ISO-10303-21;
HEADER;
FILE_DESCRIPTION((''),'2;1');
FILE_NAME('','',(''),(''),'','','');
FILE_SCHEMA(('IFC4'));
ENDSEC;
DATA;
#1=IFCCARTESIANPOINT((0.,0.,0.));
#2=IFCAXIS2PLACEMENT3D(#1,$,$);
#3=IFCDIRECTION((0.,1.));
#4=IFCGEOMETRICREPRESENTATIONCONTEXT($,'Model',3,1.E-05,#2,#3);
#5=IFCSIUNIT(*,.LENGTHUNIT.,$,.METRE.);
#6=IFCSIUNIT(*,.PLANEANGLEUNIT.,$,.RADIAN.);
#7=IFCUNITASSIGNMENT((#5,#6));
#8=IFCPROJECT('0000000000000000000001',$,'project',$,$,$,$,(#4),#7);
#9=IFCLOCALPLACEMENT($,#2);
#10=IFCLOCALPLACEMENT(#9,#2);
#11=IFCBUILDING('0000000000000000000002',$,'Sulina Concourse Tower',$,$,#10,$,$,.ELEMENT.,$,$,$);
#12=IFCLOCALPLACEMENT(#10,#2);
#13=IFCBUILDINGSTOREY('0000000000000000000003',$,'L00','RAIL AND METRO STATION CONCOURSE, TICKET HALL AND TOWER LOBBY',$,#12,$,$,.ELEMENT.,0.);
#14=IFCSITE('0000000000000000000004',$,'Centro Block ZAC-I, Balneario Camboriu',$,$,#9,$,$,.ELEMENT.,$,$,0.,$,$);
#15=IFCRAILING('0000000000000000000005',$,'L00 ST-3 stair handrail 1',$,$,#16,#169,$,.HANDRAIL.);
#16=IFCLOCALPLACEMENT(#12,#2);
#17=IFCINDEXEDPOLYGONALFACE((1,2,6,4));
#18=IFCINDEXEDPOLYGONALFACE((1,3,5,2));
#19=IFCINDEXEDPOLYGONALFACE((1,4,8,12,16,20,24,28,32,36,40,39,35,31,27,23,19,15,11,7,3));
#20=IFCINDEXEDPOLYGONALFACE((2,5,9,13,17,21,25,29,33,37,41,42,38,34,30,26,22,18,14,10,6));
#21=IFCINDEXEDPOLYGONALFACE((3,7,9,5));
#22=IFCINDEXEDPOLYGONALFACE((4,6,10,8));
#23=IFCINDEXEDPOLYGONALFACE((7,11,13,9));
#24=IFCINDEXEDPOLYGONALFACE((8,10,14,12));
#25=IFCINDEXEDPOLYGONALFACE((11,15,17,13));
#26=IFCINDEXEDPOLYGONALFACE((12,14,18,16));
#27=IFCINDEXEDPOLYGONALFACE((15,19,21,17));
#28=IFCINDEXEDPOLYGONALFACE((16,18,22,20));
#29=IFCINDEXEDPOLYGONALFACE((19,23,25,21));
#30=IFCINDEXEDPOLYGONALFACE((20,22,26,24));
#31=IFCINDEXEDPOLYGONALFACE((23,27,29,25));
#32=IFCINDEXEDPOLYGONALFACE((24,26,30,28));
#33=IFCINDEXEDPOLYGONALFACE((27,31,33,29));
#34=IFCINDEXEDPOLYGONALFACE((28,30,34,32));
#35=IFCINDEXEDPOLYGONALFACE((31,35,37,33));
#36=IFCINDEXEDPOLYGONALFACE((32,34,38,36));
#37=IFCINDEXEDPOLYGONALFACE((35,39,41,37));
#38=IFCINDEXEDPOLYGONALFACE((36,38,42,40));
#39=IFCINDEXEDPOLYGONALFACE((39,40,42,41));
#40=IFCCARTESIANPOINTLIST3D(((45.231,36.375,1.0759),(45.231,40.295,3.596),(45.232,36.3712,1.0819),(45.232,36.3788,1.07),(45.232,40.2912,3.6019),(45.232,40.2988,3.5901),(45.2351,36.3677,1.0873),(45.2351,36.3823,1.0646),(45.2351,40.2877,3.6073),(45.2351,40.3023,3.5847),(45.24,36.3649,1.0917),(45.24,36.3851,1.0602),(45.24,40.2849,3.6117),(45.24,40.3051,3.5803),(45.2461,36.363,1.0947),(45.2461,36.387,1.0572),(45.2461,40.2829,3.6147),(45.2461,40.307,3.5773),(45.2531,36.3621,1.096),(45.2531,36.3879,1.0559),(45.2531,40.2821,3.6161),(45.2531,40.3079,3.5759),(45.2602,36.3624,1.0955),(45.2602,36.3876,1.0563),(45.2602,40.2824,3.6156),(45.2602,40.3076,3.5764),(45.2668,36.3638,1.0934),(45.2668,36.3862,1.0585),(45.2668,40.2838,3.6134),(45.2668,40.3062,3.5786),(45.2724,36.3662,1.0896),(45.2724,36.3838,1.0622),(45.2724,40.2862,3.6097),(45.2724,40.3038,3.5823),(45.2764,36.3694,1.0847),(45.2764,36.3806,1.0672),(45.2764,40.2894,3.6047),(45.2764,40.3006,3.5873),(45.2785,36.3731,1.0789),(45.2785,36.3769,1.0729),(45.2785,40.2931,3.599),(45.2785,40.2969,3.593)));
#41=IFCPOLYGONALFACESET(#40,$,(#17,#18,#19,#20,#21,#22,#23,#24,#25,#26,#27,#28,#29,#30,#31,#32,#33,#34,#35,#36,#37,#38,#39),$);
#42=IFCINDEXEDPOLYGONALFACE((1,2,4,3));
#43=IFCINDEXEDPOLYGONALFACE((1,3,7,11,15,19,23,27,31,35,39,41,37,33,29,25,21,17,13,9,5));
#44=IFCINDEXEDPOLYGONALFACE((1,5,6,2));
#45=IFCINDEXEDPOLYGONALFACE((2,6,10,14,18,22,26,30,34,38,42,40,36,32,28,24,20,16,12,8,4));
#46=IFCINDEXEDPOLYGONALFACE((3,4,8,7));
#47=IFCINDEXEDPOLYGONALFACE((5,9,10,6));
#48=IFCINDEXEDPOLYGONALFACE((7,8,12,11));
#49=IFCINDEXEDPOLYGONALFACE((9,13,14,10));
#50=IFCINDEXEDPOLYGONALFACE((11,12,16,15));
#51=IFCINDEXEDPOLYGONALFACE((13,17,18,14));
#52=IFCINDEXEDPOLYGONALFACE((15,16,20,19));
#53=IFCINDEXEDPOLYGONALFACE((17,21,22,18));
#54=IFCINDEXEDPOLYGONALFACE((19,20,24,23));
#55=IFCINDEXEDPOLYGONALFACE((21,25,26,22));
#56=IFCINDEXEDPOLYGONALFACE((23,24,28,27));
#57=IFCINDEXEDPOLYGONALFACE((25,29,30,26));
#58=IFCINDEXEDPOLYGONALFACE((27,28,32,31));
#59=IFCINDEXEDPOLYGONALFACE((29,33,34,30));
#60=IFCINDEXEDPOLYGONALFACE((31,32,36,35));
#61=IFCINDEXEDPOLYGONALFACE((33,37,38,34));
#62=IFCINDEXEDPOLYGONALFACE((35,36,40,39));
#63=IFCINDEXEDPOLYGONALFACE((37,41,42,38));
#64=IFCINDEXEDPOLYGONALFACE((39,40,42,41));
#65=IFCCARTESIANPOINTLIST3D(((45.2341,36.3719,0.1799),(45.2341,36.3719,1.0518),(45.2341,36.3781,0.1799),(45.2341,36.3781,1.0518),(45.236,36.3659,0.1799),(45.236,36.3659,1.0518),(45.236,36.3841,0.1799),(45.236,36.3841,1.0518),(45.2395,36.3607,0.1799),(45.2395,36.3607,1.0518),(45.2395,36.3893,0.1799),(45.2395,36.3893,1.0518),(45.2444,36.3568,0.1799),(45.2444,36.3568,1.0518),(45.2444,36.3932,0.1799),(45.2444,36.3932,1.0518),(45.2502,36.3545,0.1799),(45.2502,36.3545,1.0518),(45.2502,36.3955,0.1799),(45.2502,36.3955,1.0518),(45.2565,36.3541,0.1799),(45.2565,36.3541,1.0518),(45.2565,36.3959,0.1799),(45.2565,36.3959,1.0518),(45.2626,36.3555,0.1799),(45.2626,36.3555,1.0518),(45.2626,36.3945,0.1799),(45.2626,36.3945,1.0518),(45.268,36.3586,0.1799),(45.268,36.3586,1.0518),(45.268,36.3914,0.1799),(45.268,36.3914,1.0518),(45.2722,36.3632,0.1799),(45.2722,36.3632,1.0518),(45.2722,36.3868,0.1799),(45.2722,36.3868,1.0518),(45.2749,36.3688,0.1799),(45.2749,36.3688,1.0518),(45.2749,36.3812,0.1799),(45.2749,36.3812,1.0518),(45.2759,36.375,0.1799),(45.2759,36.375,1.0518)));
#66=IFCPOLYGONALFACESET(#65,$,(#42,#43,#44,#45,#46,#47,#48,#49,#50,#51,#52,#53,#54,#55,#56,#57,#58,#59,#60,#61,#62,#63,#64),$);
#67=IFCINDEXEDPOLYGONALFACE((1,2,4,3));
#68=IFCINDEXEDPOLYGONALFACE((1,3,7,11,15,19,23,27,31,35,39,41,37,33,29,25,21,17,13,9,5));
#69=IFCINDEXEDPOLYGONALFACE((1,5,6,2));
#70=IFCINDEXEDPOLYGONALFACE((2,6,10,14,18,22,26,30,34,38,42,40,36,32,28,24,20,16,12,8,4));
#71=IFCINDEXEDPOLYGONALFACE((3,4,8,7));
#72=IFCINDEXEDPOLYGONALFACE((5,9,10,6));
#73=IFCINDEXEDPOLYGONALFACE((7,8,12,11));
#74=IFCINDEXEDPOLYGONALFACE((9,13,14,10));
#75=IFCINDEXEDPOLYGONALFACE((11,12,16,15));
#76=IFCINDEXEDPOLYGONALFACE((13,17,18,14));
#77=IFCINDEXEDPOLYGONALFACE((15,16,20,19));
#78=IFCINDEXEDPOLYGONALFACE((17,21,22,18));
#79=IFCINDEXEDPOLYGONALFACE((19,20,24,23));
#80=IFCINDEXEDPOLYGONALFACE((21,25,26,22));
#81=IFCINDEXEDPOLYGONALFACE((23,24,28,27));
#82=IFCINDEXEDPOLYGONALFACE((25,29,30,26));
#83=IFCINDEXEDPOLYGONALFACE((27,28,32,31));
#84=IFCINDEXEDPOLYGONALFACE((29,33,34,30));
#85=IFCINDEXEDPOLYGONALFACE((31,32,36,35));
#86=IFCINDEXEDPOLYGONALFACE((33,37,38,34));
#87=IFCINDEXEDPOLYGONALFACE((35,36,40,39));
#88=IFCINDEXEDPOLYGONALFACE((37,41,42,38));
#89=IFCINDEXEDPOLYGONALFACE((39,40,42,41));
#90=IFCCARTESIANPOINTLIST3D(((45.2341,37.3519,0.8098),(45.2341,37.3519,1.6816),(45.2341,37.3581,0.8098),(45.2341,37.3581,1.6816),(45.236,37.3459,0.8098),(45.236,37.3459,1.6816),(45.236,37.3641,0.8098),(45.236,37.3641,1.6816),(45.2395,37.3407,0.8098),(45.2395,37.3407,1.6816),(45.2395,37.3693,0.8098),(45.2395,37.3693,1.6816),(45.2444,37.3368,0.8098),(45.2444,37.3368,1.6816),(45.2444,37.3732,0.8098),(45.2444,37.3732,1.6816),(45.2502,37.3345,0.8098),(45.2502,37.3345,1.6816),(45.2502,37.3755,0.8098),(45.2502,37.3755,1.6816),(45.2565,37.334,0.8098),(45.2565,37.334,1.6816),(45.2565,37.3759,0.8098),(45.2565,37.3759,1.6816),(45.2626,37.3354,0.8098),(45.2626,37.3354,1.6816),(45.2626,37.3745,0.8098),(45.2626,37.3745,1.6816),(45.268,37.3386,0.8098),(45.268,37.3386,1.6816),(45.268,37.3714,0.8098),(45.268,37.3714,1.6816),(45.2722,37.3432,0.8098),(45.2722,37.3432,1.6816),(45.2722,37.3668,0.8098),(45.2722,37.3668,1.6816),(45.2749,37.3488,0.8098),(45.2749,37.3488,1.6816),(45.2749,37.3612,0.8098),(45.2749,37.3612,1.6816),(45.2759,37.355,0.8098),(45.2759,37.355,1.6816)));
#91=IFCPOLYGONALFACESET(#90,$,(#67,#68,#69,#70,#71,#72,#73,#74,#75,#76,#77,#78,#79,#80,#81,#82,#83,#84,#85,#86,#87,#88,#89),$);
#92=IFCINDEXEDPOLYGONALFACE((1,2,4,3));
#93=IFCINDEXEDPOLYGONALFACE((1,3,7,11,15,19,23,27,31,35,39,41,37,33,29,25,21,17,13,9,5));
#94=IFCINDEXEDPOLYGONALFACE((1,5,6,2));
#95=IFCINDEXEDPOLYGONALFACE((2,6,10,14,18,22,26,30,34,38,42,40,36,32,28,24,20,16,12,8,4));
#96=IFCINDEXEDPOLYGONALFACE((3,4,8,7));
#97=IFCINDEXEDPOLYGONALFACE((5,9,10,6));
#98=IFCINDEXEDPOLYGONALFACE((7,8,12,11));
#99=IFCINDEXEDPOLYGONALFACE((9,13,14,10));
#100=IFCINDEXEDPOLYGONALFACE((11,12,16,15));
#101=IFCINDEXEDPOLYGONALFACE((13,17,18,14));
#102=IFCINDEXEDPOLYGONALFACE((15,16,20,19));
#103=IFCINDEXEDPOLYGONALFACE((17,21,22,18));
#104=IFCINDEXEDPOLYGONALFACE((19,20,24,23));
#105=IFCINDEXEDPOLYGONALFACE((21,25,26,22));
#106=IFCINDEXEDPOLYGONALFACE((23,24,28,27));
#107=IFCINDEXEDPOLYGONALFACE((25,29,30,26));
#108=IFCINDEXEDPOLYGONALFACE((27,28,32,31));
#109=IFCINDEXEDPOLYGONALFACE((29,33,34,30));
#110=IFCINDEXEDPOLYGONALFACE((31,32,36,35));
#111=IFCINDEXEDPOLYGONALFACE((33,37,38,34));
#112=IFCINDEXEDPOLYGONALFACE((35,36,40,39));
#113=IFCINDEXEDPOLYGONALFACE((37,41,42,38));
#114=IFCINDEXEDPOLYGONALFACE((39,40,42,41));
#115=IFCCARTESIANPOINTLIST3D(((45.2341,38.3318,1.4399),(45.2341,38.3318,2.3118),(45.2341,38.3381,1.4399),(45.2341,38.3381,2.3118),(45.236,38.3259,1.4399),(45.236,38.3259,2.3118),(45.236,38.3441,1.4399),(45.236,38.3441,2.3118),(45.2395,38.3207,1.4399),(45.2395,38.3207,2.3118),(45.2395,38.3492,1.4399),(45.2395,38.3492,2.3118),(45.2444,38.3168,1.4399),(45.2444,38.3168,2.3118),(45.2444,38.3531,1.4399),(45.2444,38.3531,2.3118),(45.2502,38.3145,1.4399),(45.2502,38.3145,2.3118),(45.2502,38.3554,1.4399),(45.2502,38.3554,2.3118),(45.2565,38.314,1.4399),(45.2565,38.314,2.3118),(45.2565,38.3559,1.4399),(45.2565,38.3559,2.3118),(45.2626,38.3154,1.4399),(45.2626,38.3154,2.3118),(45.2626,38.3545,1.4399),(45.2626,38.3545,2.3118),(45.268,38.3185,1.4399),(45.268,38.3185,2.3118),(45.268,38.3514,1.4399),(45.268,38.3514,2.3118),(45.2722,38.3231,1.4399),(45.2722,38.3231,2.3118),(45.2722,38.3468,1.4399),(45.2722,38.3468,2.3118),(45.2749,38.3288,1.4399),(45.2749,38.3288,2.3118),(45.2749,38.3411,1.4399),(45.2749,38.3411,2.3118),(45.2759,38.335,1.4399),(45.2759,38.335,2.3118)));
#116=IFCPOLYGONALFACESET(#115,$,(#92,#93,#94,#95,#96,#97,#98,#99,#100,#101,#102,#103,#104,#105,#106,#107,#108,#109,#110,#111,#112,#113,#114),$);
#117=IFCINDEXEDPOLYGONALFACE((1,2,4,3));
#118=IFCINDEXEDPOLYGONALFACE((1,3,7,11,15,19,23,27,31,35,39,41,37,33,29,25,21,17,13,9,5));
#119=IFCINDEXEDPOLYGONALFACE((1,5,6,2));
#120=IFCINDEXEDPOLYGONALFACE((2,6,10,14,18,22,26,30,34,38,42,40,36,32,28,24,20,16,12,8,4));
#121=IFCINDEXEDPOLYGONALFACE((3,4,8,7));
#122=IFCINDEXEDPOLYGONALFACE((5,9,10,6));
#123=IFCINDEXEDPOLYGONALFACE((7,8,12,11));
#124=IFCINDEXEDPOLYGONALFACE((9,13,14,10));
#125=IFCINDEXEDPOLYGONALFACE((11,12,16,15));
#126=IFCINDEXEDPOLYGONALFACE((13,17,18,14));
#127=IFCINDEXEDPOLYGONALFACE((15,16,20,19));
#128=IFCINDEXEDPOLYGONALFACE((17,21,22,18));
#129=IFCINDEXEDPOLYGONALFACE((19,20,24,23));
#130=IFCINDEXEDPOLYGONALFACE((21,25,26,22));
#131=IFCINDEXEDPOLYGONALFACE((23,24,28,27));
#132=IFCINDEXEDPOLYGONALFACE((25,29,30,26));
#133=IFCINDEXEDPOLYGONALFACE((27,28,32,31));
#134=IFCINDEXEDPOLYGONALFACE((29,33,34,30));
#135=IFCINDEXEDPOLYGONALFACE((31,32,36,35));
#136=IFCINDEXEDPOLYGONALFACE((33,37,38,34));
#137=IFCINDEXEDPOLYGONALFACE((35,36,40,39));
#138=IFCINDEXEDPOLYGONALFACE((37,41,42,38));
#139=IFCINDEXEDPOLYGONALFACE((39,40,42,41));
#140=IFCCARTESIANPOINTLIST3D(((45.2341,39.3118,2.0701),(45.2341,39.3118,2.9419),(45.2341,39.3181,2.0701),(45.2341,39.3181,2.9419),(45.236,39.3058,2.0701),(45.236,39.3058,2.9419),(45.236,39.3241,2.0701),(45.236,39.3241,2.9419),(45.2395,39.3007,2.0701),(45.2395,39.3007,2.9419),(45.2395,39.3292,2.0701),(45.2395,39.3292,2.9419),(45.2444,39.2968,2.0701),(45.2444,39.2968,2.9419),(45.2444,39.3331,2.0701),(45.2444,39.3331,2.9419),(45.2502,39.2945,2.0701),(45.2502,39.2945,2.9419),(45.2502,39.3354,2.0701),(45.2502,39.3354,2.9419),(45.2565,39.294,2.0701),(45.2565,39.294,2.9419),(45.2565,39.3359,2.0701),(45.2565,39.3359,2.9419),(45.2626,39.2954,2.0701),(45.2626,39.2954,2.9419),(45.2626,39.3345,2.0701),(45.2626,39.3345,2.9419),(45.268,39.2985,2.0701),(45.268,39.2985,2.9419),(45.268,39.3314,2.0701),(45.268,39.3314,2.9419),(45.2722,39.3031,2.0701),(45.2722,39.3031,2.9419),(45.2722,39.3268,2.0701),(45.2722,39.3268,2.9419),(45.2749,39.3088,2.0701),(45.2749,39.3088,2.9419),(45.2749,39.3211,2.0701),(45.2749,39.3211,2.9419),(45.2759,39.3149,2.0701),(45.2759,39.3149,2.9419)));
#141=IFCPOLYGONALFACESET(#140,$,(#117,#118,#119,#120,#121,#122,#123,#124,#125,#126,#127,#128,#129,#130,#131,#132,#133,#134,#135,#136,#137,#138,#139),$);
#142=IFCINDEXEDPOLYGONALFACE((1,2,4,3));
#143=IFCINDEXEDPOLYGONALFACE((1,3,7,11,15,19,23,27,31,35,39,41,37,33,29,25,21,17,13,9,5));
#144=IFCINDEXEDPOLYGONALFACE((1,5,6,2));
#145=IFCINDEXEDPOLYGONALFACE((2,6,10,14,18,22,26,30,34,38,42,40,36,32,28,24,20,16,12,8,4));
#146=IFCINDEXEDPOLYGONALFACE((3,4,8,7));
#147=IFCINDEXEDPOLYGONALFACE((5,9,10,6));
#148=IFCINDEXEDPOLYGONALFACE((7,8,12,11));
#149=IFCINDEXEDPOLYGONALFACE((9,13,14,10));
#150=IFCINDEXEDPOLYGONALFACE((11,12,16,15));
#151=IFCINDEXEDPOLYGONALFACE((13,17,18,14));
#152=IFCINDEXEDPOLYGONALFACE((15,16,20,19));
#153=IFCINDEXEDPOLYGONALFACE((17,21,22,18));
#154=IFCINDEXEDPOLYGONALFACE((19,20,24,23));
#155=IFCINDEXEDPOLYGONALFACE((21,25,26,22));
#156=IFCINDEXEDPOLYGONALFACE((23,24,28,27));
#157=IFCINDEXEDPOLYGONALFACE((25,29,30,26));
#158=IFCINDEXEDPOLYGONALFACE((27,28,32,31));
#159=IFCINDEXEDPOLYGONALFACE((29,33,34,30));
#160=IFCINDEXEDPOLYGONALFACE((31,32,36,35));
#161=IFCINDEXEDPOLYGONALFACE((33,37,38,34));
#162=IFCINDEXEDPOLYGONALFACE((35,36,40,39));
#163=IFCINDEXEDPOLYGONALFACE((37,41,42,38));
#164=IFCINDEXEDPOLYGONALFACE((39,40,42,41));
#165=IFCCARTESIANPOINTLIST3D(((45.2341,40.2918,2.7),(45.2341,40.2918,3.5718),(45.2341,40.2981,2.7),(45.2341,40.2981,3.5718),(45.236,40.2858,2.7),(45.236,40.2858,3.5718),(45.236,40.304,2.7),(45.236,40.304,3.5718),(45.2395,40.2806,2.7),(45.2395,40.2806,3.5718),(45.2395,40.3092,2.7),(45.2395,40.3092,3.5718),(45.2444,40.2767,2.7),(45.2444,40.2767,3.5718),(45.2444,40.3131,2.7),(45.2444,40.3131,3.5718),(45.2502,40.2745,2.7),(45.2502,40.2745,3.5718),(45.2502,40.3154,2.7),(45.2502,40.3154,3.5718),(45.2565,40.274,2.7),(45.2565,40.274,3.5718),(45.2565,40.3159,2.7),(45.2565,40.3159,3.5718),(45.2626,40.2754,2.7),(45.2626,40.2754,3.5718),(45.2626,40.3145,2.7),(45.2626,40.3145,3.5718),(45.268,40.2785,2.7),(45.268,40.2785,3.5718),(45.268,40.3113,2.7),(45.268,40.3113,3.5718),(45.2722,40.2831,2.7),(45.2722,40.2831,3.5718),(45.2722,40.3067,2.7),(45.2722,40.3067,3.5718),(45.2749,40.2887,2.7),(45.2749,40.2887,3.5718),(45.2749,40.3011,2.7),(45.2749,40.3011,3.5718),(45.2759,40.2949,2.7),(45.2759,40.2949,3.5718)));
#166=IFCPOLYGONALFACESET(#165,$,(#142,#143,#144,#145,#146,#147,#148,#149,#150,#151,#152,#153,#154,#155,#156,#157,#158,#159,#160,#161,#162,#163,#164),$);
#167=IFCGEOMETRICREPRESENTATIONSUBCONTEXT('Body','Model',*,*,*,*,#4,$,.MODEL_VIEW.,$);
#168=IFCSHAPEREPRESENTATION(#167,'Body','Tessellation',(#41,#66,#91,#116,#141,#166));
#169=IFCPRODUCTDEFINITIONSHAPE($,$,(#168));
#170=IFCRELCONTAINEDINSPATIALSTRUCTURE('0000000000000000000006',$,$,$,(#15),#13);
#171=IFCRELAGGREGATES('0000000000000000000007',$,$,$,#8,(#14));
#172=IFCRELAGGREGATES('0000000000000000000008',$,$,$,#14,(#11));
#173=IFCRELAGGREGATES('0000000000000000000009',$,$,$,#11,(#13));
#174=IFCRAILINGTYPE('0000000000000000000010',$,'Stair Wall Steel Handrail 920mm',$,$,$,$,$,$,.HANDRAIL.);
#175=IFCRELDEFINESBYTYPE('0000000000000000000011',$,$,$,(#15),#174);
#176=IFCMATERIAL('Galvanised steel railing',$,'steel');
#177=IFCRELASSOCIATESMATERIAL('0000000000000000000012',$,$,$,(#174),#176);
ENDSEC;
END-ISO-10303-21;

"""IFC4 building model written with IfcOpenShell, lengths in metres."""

from ifc_helpers import new_model, si_unit, direction, frame, origin, origin_2d, place, context, subcontext, project, spatial, circle, extrude, material, type_object, element, save


model = new_model("IFC4")

# Units and contexts
model_context = context("Model", 3, precision=1e-05, world=origin(), true_north=direction((0.0, 1.0)))
body_context = subcontext(model_context, "Body", "Model", "MODEL_VIEW")
ifc_project = project(units=[si_unit("LENGTHUNIT", "METRE"), si_unit("PLANEANGLEUNIT", "RADIAN")], contexts=[model_context])

# Site, building, storey
site_placement = place(None, origin())
site = spatial("IfcSite", under=ifc_project, at=site_placement, Name="Centro Block ZAC-I, Balneario Camboriu", CompositionType="ELEMENT", RefElevation=0.0)
building_placement = place(site_placement, origin())
building = spatial("IfcBuilding", under=site, at=building_placement, Name="Sulina Concourse Tower", CompositionType="ELEMENT")
storey_placement = place(building_placement, origin())
storey = spatial("IfcBuildingStorey", under=building, at=storey_placement, Name="L00", Description="RAIL AND METRO STATION CONCOURSE, TICKET HALL AND TOWER LOBBY", CompositionType="ELEMENT", Elevation=0.0)

# Railing
ifc_material_1 = material(Name="Galvanised steel railing", Category="steel")
railing_type_1 = type_object("IfcRailingType", Name="Stair Wall Steel Handrail 920mm", PredefinedType="HANDRAIL", material=ifc_material_1)
railing_1_placement = place(storey_placement, frame((45.2549, 36.375, 0.1799)))
element("IfcRailing", 1, at=railing_1_placement, inside=storey, type_object=railing_type_1, Name="L00 ST-3 stair handrail 1", PredefinedType="HANDRAIL", context=body_context, shape_type="SweptSolid", body=[
    extrude(circle(Radius=0.0239, at=origin_2d()), frame((0.0, 0.0, 0.896), z_axis=(0.0, 0.841172, 0.540768), x_axis=(-1.0, 0.0, 0.0)), (0.0, 0.0, 1.0), 4.6602),
    extrude(circle(Radius=0.021, at=origin_2d()), origin(), (0.0, 0.0, 1.0), 0.8718),
    extrude(circle(Radius=0.021, at=origin_2d()), frame((0.0, 0.98, 0.6299)), (0.0, 0.0, 1.0), 0.8718),
    extrude(circle(Radius=0.021, at=origin_2d()), frame((0.0, 1.96, 1.26)), (0.0, 0.0, 1.0), 0.8718),
    extrude(circle(Radius=0.021, at=origin_2d()), frame((0.0, 2.9399, 1.8901)), (0.0, 0.0, 1.0), 0.8718),
    extrude(circle(Radius=0.021, at=origin_2d()), frame((0.0, 3.9199, 2.52)), (0.0, 0.0, 1.0), 0.8718),
])

save(model, "model.ifc")
